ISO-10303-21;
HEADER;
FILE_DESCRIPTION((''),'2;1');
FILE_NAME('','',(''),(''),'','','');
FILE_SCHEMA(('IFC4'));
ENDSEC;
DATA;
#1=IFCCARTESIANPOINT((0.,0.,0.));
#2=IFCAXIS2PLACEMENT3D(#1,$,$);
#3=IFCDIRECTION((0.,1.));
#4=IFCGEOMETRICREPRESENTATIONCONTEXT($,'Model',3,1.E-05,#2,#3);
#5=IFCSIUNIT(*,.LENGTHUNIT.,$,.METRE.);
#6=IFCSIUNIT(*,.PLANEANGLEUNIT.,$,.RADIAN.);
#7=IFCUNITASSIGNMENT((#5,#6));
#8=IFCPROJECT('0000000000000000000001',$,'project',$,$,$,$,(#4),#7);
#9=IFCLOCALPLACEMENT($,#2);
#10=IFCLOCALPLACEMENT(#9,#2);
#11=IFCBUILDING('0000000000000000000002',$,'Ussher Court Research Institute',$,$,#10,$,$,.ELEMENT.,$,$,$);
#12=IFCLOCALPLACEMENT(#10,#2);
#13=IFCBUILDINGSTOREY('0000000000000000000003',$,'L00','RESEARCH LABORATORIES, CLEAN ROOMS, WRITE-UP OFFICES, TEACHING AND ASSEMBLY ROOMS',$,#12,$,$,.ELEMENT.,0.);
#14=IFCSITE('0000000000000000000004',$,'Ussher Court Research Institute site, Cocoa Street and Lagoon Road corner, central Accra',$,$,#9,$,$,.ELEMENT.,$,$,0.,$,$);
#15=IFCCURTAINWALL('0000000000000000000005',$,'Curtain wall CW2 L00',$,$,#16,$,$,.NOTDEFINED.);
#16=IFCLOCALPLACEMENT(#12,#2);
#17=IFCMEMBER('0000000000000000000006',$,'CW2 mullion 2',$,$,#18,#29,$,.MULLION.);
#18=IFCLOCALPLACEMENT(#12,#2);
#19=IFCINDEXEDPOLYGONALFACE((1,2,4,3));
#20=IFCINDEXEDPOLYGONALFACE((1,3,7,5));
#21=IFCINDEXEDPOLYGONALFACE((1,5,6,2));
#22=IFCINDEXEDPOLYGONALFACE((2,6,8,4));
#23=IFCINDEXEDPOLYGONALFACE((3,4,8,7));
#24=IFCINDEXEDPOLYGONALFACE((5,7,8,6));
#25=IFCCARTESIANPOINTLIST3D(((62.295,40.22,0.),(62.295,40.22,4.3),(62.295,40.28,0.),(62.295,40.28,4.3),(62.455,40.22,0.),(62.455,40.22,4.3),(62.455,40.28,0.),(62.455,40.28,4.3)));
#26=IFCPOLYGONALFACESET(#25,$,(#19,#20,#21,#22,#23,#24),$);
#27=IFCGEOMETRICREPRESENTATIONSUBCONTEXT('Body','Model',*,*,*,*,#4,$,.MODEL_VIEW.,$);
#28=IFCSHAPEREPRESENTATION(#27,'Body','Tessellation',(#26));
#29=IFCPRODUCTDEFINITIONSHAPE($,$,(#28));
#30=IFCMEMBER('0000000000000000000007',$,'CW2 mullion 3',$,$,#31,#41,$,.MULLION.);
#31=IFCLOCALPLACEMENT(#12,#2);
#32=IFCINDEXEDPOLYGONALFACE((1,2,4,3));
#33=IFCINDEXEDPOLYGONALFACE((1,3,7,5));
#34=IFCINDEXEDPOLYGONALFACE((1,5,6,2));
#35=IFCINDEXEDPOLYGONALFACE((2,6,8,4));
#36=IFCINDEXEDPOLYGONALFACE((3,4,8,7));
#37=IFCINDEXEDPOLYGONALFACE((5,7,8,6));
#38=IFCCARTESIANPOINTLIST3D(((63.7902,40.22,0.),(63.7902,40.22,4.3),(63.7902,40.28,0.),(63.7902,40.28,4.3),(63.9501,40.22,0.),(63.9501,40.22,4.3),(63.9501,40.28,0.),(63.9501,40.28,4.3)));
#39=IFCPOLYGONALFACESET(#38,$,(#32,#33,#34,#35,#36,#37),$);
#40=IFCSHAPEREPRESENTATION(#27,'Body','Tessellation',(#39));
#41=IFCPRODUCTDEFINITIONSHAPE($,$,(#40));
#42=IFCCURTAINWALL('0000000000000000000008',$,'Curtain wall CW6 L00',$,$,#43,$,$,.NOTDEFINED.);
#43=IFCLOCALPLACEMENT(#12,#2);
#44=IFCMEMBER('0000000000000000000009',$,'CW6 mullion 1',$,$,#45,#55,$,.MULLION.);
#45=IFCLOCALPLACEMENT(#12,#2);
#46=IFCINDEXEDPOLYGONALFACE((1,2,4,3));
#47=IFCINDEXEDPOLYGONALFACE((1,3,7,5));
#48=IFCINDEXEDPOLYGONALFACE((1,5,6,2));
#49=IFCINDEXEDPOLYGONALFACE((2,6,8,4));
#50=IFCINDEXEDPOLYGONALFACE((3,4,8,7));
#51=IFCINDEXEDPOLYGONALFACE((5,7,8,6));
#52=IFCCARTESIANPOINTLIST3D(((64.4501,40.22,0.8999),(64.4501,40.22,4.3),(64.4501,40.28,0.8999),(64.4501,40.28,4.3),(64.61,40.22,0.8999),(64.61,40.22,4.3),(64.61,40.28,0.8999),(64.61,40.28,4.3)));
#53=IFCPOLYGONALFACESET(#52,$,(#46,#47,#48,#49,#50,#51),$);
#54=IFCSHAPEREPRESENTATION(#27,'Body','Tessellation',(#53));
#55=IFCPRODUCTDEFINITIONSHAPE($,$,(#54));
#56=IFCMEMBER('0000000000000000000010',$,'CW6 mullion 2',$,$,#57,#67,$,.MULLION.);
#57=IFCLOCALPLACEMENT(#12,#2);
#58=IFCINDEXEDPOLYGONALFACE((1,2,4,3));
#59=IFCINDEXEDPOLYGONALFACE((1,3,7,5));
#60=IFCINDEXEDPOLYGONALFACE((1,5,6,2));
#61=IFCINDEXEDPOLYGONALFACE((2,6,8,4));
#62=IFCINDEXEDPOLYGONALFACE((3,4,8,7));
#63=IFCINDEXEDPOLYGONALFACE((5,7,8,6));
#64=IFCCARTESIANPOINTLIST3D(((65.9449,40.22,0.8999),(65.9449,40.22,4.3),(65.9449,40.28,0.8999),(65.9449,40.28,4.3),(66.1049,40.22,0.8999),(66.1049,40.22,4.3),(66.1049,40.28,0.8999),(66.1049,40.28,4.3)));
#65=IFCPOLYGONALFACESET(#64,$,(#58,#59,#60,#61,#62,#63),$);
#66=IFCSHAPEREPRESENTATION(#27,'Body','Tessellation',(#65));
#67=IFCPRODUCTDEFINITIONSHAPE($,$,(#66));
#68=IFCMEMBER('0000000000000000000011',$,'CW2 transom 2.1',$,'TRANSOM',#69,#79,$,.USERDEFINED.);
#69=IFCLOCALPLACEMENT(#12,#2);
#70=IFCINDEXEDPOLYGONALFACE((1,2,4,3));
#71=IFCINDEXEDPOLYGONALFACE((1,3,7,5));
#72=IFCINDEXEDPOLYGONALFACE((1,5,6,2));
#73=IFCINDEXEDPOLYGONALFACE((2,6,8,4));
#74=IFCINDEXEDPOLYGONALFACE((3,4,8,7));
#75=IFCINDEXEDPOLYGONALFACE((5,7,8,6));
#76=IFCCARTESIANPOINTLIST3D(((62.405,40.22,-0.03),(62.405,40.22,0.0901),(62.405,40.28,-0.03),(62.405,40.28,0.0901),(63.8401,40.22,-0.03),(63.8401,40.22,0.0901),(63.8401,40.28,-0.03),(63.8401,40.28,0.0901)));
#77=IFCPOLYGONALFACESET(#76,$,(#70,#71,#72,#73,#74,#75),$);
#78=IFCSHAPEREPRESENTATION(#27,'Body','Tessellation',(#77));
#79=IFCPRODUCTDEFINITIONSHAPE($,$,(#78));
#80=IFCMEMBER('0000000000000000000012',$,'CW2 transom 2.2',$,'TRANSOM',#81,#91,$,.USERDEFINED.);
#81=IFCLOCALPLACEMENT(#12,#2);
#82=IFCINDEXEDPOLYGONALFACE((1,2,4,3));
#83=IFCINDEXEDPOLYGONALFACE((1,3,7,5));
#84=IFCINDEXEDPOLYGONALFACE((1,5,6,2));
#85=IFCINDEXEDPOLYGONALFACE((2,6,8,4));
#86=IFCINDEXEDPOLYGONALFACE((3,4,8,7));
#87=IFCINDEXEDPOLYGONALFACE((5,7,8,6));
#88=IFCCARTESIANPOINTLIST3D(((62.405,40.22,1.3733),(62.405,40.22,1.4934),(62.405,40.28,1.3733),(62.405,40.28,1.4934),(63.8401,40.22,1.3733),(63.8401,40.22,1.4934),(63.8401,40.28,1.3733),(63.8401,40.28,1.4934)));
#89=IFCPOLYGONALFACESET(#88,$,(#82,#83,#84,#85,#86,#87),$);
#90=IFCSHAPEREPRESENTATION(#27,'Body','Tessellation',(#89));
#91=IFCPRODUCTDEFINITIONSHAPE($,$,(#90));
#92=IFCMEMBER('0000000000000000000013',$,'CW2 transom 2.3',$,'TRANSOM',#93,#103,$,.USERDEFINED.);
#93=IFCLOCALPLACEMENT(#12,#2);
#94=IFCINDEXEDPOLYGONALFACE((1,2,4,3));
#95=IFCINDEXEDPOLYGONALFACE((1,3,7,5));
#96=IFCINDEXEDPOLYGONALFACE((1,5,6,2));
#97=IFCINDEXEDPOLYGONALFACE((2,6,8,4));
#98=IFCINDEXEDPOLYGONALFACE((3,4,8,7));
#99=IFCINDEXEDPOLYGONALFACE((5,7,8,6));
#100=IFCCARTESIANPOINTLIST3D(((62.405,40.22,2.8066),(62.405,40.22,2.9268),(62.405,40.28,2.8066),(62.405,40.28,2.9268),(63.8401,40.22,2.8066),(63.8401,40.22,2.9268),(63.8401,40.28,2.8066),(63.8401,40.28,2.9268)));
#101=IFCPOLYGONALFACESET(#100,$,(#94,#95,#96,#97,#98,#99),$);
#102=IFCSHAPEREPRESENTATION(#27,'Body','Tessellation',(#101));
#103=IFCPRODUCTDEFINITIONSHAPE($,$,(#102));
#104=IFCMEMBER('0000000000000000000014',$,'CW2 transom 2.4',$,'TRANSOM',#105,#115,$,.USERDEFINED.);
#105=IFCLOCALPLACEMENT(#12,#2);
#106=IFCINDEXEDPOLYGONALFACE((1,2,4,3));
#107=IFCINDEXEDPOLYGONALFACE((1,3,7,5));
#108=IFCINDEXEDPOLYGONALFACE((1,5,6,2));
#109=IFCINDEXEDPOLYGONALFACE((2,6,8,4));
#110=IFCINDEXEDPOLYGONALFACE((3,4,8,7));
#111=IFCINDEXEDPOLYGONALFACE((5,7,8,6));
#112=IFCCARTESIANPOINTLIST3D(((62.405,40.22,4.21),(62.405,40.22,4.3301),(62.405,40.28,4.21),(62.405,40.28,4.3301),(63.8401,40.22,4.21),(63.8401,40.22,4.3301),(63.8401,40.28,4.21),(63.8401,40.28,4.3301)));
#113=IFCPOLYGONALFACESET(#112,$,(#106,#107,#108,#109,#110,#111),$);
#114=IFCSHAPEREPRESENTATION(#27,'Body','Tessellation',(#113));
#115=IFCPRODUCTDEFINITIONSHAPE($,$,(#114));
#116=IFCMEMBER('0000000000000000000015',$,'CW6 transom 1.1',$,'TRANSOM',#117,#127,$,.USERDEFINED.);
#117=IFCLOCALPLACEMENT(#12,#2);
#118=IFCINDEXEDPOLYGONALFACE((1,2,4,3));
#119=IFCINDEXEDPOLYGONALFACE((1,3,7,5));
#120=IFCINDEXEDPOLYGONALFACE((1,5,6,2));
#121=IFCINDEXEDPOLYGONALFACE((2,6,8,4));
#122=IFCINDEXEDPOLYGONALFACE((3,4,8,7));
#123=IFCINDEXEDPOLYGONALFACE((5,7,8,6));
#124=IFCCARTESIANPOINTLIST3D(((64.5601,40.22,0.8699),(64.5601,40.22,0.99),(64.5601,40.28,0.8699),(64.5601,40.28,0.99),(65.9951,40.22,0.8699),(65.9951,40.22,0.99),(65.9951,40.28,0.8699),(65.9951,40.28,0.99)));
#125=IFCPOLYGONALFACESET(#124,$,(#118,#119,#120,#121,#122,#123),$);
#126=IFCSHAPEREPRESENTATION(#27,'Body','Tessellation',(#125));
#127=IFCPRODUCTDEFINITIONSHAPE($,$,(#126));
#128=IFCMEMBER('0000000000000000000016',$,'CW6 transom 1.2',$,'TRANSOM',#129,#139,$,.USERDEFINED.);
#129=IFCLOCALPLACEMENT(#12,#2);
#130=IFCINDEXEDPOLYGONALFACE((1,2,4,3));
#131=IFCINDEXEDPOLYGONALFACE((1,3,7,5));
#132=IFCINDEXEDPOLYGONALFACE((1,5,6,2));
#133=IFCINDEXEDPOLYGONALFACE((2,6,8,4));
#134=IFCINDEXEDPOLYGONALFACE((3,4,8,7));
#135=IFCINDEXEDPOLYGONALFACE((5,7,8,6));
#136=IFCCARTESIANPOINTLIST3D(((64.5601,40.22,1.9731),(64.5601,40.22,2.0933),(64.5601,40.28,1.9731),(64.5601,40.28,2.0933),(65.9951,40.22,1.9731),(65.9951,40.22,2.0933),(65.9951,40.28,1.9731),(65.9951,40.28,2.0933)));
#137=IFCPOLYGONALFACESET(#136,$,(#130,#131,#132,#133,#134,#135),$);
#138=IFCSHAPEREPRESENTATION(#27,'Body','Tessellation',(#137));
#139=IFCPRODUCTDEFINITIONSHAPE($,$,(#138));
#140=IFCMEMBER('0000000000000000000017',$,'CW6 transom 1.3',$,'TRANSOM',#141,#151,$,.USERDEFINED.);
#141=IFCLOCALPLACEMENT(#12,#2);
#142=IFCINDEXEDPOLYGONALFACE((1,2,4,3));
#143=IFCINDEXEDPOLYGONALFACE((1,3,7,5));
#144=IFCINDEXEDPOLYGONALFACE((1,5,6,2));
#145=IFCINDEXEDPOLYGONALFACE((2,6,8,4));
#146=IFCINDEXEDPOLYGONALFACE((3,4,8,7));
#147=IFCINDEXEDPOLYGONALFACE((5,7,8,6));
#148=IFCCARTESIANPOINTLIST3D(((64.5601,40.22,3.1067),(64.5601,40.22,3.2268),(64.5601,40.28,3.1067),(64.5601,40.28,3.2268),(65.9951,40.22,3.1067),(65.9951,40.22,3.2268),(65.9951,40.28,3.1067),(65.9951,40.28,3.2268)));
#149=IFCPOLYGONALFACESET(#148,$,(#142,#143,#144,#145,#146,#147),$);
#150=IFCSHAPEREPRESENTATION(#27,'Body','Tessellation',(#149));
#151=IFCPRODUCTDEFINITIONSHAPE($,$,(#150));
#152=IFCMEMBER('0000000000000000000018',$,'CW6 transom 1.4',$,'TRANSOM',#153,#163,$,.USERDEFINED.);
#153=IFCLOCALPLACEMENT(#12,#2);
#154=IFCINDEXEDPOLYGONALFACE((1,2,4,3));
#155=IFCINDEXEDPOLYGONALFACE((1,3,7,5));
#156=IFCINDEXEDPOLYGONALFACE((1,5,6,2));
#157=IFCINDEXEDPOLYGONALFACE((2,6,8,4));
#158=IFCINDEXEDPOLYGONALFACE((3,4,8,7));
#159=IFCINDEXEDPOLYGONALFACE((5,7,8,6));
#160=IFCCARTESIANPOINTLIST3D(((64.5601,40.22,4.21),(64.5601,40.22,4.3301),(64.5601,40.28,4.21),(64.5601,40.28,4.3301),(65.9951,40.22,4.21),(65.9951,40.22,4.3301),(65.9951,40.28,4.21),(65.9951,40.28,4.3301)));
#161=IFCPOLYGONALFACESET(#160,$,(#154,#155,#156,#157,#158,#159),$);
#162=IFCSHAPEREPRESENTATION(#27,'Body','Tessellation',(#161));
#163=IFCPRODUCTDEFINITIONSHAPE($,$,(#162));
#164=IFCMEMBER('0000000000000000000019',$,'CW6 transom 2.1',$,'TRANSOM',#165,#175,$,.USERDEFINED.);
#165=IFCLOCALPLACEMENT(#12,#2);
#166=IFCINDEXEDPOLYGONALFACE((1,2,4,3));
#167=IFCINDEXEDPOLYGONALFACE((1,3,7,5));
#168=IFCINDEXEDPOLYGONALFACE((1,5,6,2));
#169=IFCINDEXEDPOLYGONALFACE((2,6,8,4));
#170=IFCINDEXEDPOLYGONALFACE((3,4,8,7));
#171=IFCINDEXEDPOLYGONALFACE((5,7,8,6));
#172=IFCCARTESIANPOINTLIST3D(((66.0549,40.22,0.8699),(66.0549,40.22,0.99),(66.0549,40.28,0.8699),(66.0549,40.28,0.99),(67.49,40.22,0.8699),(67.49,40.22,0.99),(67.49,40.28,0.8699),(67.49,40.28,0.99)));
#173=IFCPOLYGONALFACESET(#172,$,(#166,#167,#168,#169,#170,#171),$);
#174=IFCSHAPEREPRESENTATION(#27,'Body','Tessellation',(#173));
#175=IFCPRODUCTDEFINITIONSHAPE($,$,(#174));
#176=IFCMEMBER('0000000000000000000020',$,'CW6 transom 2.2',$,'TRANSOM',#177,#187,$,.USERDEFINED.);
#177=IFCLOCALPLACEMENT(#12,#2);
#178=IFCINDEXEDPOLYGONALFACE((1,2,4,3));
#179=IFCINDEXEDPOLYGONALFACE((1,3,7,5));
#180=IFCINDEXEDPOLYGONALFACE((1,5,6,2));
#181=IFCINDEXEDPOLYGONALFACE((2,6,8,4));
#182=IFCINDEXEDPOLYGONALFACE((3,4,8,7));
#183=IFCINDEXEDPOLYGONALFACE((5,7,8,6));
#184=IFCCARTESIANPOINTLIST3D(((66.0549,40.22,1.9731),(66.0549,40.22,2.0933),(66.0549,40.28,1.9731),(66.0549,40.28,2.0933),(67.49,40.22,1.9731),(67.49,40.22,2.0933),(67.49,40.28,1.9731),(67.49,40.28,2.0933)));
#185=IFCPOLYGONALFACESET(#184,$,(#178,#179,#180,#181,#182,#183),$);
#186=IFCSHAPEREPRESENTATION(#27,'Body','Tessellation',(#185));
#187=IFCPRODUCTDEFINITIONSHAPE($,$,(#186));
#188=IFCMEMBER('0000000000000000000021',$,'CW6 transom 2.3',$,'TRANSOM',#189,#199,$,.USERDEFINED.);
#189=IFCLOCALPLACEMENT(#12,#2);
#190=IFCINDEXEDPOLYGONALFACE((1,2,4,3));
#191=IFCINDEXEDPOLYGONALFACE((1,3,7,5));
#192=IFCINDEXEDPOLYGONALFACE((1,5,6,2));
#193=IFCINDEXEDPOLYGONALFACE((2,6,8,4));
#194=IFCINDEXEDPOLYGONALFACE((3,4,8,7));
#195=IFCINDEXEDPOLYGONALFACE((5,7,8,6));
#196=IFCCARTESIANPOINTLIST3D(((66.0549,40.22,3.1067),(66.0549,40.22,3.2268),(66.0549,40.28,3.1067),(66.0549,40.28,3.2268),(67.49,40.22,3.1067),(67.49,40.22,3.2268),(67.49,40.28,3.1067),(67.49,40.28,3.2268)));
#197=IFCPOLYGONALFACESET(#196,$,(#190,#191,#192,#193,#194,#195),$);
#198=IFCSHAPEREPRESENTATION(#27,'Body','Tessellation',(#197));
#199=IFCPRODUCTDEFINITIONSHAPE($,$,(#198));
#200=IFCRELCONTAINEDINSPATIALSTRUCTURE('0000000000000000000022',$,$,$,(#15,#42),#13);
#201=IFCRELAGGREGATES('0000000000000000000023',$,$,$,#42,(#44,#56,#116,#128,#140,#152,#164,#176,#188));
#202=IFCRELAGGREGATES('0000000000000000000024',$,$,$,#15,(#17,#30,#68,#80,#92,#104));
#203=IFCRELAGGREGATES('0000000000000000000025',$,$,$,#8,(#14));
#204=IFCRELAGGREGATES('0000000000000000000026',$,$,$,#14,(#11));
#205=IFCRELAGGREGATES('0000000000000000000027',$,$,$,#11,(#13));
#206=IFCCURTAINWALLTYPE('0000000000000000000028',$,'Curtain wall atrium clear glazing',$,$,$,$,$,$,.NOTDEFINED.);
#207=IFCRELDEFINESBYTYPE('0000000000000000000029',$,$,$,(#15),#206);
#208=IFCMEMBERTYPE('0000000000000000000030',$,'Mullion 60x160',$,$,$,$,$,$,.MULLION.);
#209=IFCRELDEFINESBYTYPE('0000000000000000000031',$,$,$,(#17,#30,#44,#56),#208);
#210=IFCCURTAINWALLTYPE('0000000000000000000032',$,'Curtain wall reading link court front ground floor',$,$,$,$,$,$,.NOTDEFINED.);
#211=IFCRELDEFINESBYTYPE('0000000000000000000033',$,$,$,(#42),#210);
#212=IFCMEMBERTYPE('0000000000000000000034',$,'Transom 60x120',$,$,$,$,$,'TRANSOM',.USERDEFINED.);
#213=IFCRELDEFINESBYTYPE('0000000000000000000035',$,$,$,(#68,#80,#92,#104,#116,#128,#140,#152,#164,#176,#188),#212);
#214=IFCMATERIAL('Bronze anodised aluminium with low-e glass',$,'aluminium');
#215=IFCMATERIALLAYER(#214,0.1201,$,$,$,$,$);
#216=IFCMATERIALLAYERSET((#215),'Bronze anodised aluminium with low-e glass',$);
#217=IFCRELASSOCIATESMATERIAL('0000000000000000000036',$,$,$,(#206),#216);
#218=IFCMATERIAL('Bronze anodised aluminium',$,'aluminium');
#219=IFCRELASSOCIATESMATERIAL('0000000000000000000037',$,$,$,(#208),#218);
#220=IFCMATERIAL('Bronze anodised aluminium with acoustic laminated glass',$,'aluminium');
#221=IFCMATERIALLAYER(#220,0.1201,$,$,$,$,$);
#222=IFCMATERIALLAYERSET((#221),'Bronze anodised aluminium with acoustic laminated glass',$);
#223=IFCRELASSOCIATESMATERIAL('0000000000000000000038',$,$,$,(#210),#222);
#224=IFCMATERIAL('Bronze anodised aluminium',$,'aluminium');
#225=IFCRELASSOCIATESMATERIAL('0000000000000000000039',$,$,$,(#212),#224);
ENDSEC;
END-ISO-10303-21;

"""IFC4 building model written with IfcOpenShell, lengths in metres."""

from ifc_helpers import new_model, si_unit, direction, frame, origin, origin_2d, place, context, subcontext, project, spatial, rectangle, extrude, material, layer, layer_set, material_profile, profile_set, type_object, element, aggregate, save


model = new_model("IFC4")

# Units and contexts
model_context = context("Model", 3, precision=1e-05, world=origin(), true_north=direction((0.0, 1.0)))
body_context = subcontext(model_context, "Body", "Model", "MODEL_VIEW")
ifc_project = project(units=[si_unit("LENGTHUNIT", "METRE"), si_unit("PLANEANGLEUNIT", "RADIAN")], contexts=[model_context])

# Site, building, storey
site_placement = place(None, origin())
site = spatial("IfcSite", under=ifc_project, at=site_placement, Name="Ussher Court Research Institute site, Cocoa Street and Lagoon Road corner, central Accra", CompositionType="ELEMENT", RefElevation=0.0)
building_placement = place(site_placement, origin())
building = spatial("IfcBuilding", under=site, at=building_placement, Name="Ussher Court Research Institute", CompositionType="ELEMENT")
storey_placement = place(building_placement, origin())
storey = spatial("IfcBuildingStorey", under=building, at=storey_placement, Name="L00", Description="RESEARCH LABORATORIES, CLEAN ROOMS, WRITE-UP OFFICES, TEACHING AND ASSEMBLY ROOMS", CompositionType="ELEMENT", Elevation=0.0)

# Curtain walls, members
ifc_material_1 = material(Name="Bronze anodised aluminium with low-e glass", Category="aluminium")
ifc_layer_1 = layer(ifc_material_1, 0.1201)
ifc_layer_set_1 = layer_set([ifc_layer_1], Name="Bronze anodised aluminium with low-e glass")
curtain_wall_type_1 = type_object("IfcCurtainWallType", Name="Curtain wall atrium clear glazing", PredefinedType="NOTDEFINED", material=ifc_layer_set_1)
curtain_wall_1_placement = place(storey_placement, origin())
curtain_wall_1 = element("IfcCurtainWall", 1, at=curtain_wall_1_placement, inside=storey, type_object=curtain_wall_type_1, Name="Curtain wall CW2 L00", PredefinedType="NOTDEFINED")
ifc_material_2 = material(Name="Bronze anodised aluminium", Category="aluminium")
ifc_material_profile_1 = material_profile(ifc_material_2, rectangle(XDim=0.0601, YDim=0.1599, at=origin_2d()), Name="Mullion 60x160")
ifc_profile_set_1 = profile_set([ifc_material_profile_1], Name="Bronze anodised aluminium")
member_type_1 = type_object("IfcMemberType", Name="Mullion 60x160", PredefinedType="MULLION", material=ifc_profile_set_1)
member_1_placement = place(storey_placement, frame((62.375, 40.25, 0.0), z_axis=(0.0, 0.0, 1.0), x_axis=(0.0, 1.0, 0.0)))
member_1 = element("IfcMember", 2, at=member_1_placement, type_object=member_type_1, Name="CW2 mullion 2", PredefinedType="MULLION", context=body_context, shape_type="SweptSolid", body=[
    extrude(rectangle(XDim=0.0601, YDim=0.1599, at=origin_2d()), origin(), (0.0, 0.0, 1.0), 4.3),
])
member_2_placement = place(storey_placement, frame((63.8701, 40.25, 0.0), z_axis=(0.0, 0.0, 1.0), x_axis=(0.0, 1.0, 0.0)))
member_2 = element("IfcMember", 3, at=member_2_placement, type_object=member_type_1, Name="CW2 mullion 3", PredefinedType="MULLION", context=body_context, shape_type="SweptSolid", body=[
    extrude(rectangle(XDim=0.0601, YDim=0.1599, at=origin_2d()), origin(), (0.0, 0.0, 1.0), 4.3),
])
ifc_material_3 = material(Name="Bronze anodised aluminium with acoustic laminated glass", Category="aluminium")
ifc_layer_2 = layer(ifc_material_3, 0.1201)
ifc_layer_set_2 = layer_set([ifc_layer_2], Name="Bronze anodised aluminium with acoustic laminated glass")
curtain_wall_type_2 = type_object("IfcCurtainWallType", Name="Curtain wall reading link court front ground floor", PredefinedType="NOTDEFINED", material=ifc_layer_set_2)
curtain_wall_2_placement = place(storey_placement, origin())
curtain_wall_2 = element("IfcCurtainWall", 4, at=curtain_wall_2_placement, inside=storey, type_object=curtain_wall_type_2, Name="Curtain wall CW6 L00", PredefinedType="NOTDEFINED")
member_3_placement = place(storey_placement, frame((64.53, 40.25, 0.8999), z_axis=(0.0, 0.0, 1.0), x_axis=(0.0, 1.0, 0.0)))
member_3 = element("IfcMember", 5, at=member_3_placement, type_object=member_type_1, Name="CW6 mullion 1", PredefinedType="MULLION", context=body_context, shape_type="SweptSolid", body=[
    extrude(rectangle(XDim=0.0601, YDim=0.1599, at=origin_2d()), origin(), (0.0, 0.0, 1.0), 3.4001),
])
member_4_placement = place(storey_placement, frame((66.0249, 40.25, 0.8999), z_axis=(0.0, 0.0, 1.0), x_axis=(0.0, 1.0, 0.0)))
member_4 = element("IfcMember", 6, at=member_4_placement, type_object=member_type_1, Name="CW6 mullion 2", PredefinedType="MULLION", context=body_context, shape_type="SweptSolid", body=[
    extrude(rectangle(XDim=0.0601, YDim=0.1599, at=origin_2d()), origin(), (0.0, 0.0, 1.0), 3.4001),
])

# Members
ifc_material_4 = material(Name="Bronze anodised aluminium", Category="aluminium")
ifc_material_profile_2 = material_profile(ifc_material_4, rectangle(XDim=0.0601, YDim=0.1201, at=origin_2d()), Name="Transom 60x120")
ifc_profile_set_2 = profile_set([ifc_material_profile_2], Name="Bronze anodised aluminium")
member_type_2 = type_object("IfcMemberType", Name="Transom 60x120", ElementType="TRANSOM", PredefinedType="USERDEFINED", material=ifc_profile_set_2)
member_5_placement = place(storey_placement, frame((62.405, 40.25, 0.03), z_axis=(1.0, 0.0, 0.0), x_axis=(0.0, 1.0, 0.0)))
member_5 = element("IfcMember", 7, at=member_5_placement, type_object=member_type_2, Name="CW2 transom 2.1", ObjectType="TRANSOM", PredefinedType="USERDEFINED", context=body_context, shape_type="SweptSolid", body=[
    extrude(rectangle(XDim=0.0601, YDim=0.1201, at=origin_2d()), origin(), (0.0, 0.0, 1.0), 1.4351),
])
member_6_placement = place(storey_placement, frame((62.405, 40.25, 1.4333), z_axis=(1.0, 0.0, 0.0), x_axis=(0.0, 1.0, 0.0)))
member_6 = element("IfcMember", 8, at=member_6_placement, type_object=member_type_2, Name="CW2 transom 2.2", ObjectType="TRANSOM", PredefinedType="USERDEFINED", context=body_context, shape_type="SweptSolid", body=[
    extrude(rectangle(XDim=0.0601, YDim=0.1201, at=origin_2d()), origin(), (0.0, 0.0, 1.0), 1.4351),
])
member_7_placement = place(storey_placement, frame((62.405, 40.25, 2.8667), z_axis=(1.0, 0.0, 0.0), x_axis=(0.0, 1.0, 0.0)))
member_7 = element("IfcMember", 9, at=member_7_placement, type_object=member_type_2, Name="CW2 transom 2.3", ObjectType="TRANSOM", PredefinedType="USERDEFINED", context=body_context, shape_type="SweptSolid", body=[
    extrude(rectangle(XDim=0.0601, YDim=0.1201, at=origin_2d()), origin(), (0.0, 0.0, 1.0), 1.4351),
])
member_8_placement = place(storey_placement, frame((62.405, 40.25, 4.27), z_axis=(1.0, 0.0, 0.0), x_axis=(0.0, 1.0, 0.0)))
member_8 = element("IfcMember", 10, at=member_8_placement, type_object=member_type_2, Name="CW2 transom 2.4", ObjectType="TRANSOM", PredefinedType="USERDEFINED", context=body_context, shape_type="SweptSolid", body=[
    extrude(rectangle(XDim=0.0601, YDim=0.1201, at=origin_2d()), origin(), (0.0, 0.0, 1.0), 1.4351),
])
member_9_placement = place(storey_placement, frame((64.5601, 40.25, 0.9299), z_axis=(1.0, 0.0, 0.0), x_axis=(0.0, 1.0, 0.0)))
member_9 = element("IfcMember", 11, at=member_9_placement, type_object=member_type_2, Name="CW6 transom 1.1", ObjectType="TRANSOM", PredefinedType="USERDEFINED", context=body_context, shape_type="SweptSolid", body=[
    extrude(rectangle(XDim=0.0601, YDim=0.1201, at=origin_2d()), origin(), (0.0, 0.0, 1.0), 1.4351),
])
member_10_placement = place(storey_placement, frame((64.5601, 40.25, 2.0332), z_axis=(1.0, 0.0, 0.0), x_axis=(0.0, 1.0, 0.0)))
member_10 = element("IfcMember", 12, at=member_10_placement, type_object=member_type_2, Name="CW6 transom 1.2", ObjectType="TRANSOM", PredefinedType="USERDEFINED", context=body_context, shape_type="SweptSolid", body=[
    extrude(rectangle(XDim=0.0601, YDim=0.1201, at=origin_2d()), origin(), (0.0, 0.0, 1.0), 1.4351),
])
member_11_placement = place(storey_placement, frame((64.5601, 40.25, 3.1667), z_axis=(1.0, 0.0, 0.0), x_axis=(0.0, 1.0, 0.0)))
member_11 = element("IfcMember", 13, at=member_11_placement, type_object=member_type_2, Name="CW6 transom 1.3", ObjectType="TRANSOM", PredefinedType="USERDEFINED", context=body_context, shape_type="SweptSolid", body=[
    extrude(rectangle(XDim=0.0601, YDim=0.1201, at=origin_2d()), origin(), (0.0, 0.0, 1.0), 1.4351),
])
member_12_placement = place(storey_placement, frame((64.5601, 40.25, 4.27), z_axis=(1.0, 0.0, 0.0), x_axis=(0.0, 1.0, 0.0)))
member_12 = element("IfcMember", 14, at=member_12_placement, type_object=member_type_2, Name="CW6 transom 1.4", ObjectType="TRANSOM", PredefinedType="USERDEFINED", context=body_context, shape_type="SweptSolid", body=[
    extrude(rectangle(XDim=0.0601, YDim=0.1201, at=origin_2d()), origin(), (0.0, 0.0, 1.0), 1.4351),
])
member_13_placement = place(storey_placement, frame((66.0549, 40.25, 0.9299), z_axis=(1.0, 0.0, 0.0), x_axis=(0.0, 1.0, 0.0)))
member_13 = element("IfcMember", 15, at=member_13_placement, type_object=member_type_2, Name="CW6 transom 2.1", ObjectType="TRANSOM", PredefinedType="USERDEFINED", context=body_context, shape_type="SweptSolid", body=[
    extrude(rectangle(XDim=0.0601, YDim=0.1201, at=origin_2d()), origin(), (0.0, 0.0, 1.0), 1.4351),
])
member_14_placement = place(storey_placement, frame((66.0549, 40.25, 2.0332), z_axis=(1.0, 0.0, 0.0), x_axis=(0.0, 1.0, 0.0)))
member_14 = element("IfcMember", 16, at=member_14_placement, type_object=member_type_2, Name="CW6 transom 2.2", ObjectType="TRANSOM", PredefinedType="USERDEFINED", context=body_context, shape_type="SweptSolid", body=[
    extrude(rectangle(XDim=0.0601, YDim=0.1201, at=origin_2d()), origin(), (0.0, 0.0, 1.0), 1.4351),
])
member_15_placement = place(storey_placement, frame((66.0549, 40.25, 3.1667), z_axis=(1.0, 0.0, 0.0), x_axis=(0.0, 1.0, 0.0)))
member_15 = element("IfcMember", 17, at=member_15_placement, type_object=member_type_2, Name="CW6 transom 2.3", ObjectType="TRANSOM", PredefinedType="USERDEFINED", context=body_context, shape_type="SweptSolid", body=[
    extrude(rectangle(XDim=0.0601, YDim=0.1201, at=origin_2d()), origin(), (0.0, 0.0, 1.0), 1.4351),
])

aggregate(curtain_wall_2, [member_3, member_4, member_9, member_10, member_11, member_12, member_13, member_14, member_15])
aggregate(curtain_wall_1, [member_1, member_2, member_5, member_6, member_7, member_8])

save(model, "model.ifc")
